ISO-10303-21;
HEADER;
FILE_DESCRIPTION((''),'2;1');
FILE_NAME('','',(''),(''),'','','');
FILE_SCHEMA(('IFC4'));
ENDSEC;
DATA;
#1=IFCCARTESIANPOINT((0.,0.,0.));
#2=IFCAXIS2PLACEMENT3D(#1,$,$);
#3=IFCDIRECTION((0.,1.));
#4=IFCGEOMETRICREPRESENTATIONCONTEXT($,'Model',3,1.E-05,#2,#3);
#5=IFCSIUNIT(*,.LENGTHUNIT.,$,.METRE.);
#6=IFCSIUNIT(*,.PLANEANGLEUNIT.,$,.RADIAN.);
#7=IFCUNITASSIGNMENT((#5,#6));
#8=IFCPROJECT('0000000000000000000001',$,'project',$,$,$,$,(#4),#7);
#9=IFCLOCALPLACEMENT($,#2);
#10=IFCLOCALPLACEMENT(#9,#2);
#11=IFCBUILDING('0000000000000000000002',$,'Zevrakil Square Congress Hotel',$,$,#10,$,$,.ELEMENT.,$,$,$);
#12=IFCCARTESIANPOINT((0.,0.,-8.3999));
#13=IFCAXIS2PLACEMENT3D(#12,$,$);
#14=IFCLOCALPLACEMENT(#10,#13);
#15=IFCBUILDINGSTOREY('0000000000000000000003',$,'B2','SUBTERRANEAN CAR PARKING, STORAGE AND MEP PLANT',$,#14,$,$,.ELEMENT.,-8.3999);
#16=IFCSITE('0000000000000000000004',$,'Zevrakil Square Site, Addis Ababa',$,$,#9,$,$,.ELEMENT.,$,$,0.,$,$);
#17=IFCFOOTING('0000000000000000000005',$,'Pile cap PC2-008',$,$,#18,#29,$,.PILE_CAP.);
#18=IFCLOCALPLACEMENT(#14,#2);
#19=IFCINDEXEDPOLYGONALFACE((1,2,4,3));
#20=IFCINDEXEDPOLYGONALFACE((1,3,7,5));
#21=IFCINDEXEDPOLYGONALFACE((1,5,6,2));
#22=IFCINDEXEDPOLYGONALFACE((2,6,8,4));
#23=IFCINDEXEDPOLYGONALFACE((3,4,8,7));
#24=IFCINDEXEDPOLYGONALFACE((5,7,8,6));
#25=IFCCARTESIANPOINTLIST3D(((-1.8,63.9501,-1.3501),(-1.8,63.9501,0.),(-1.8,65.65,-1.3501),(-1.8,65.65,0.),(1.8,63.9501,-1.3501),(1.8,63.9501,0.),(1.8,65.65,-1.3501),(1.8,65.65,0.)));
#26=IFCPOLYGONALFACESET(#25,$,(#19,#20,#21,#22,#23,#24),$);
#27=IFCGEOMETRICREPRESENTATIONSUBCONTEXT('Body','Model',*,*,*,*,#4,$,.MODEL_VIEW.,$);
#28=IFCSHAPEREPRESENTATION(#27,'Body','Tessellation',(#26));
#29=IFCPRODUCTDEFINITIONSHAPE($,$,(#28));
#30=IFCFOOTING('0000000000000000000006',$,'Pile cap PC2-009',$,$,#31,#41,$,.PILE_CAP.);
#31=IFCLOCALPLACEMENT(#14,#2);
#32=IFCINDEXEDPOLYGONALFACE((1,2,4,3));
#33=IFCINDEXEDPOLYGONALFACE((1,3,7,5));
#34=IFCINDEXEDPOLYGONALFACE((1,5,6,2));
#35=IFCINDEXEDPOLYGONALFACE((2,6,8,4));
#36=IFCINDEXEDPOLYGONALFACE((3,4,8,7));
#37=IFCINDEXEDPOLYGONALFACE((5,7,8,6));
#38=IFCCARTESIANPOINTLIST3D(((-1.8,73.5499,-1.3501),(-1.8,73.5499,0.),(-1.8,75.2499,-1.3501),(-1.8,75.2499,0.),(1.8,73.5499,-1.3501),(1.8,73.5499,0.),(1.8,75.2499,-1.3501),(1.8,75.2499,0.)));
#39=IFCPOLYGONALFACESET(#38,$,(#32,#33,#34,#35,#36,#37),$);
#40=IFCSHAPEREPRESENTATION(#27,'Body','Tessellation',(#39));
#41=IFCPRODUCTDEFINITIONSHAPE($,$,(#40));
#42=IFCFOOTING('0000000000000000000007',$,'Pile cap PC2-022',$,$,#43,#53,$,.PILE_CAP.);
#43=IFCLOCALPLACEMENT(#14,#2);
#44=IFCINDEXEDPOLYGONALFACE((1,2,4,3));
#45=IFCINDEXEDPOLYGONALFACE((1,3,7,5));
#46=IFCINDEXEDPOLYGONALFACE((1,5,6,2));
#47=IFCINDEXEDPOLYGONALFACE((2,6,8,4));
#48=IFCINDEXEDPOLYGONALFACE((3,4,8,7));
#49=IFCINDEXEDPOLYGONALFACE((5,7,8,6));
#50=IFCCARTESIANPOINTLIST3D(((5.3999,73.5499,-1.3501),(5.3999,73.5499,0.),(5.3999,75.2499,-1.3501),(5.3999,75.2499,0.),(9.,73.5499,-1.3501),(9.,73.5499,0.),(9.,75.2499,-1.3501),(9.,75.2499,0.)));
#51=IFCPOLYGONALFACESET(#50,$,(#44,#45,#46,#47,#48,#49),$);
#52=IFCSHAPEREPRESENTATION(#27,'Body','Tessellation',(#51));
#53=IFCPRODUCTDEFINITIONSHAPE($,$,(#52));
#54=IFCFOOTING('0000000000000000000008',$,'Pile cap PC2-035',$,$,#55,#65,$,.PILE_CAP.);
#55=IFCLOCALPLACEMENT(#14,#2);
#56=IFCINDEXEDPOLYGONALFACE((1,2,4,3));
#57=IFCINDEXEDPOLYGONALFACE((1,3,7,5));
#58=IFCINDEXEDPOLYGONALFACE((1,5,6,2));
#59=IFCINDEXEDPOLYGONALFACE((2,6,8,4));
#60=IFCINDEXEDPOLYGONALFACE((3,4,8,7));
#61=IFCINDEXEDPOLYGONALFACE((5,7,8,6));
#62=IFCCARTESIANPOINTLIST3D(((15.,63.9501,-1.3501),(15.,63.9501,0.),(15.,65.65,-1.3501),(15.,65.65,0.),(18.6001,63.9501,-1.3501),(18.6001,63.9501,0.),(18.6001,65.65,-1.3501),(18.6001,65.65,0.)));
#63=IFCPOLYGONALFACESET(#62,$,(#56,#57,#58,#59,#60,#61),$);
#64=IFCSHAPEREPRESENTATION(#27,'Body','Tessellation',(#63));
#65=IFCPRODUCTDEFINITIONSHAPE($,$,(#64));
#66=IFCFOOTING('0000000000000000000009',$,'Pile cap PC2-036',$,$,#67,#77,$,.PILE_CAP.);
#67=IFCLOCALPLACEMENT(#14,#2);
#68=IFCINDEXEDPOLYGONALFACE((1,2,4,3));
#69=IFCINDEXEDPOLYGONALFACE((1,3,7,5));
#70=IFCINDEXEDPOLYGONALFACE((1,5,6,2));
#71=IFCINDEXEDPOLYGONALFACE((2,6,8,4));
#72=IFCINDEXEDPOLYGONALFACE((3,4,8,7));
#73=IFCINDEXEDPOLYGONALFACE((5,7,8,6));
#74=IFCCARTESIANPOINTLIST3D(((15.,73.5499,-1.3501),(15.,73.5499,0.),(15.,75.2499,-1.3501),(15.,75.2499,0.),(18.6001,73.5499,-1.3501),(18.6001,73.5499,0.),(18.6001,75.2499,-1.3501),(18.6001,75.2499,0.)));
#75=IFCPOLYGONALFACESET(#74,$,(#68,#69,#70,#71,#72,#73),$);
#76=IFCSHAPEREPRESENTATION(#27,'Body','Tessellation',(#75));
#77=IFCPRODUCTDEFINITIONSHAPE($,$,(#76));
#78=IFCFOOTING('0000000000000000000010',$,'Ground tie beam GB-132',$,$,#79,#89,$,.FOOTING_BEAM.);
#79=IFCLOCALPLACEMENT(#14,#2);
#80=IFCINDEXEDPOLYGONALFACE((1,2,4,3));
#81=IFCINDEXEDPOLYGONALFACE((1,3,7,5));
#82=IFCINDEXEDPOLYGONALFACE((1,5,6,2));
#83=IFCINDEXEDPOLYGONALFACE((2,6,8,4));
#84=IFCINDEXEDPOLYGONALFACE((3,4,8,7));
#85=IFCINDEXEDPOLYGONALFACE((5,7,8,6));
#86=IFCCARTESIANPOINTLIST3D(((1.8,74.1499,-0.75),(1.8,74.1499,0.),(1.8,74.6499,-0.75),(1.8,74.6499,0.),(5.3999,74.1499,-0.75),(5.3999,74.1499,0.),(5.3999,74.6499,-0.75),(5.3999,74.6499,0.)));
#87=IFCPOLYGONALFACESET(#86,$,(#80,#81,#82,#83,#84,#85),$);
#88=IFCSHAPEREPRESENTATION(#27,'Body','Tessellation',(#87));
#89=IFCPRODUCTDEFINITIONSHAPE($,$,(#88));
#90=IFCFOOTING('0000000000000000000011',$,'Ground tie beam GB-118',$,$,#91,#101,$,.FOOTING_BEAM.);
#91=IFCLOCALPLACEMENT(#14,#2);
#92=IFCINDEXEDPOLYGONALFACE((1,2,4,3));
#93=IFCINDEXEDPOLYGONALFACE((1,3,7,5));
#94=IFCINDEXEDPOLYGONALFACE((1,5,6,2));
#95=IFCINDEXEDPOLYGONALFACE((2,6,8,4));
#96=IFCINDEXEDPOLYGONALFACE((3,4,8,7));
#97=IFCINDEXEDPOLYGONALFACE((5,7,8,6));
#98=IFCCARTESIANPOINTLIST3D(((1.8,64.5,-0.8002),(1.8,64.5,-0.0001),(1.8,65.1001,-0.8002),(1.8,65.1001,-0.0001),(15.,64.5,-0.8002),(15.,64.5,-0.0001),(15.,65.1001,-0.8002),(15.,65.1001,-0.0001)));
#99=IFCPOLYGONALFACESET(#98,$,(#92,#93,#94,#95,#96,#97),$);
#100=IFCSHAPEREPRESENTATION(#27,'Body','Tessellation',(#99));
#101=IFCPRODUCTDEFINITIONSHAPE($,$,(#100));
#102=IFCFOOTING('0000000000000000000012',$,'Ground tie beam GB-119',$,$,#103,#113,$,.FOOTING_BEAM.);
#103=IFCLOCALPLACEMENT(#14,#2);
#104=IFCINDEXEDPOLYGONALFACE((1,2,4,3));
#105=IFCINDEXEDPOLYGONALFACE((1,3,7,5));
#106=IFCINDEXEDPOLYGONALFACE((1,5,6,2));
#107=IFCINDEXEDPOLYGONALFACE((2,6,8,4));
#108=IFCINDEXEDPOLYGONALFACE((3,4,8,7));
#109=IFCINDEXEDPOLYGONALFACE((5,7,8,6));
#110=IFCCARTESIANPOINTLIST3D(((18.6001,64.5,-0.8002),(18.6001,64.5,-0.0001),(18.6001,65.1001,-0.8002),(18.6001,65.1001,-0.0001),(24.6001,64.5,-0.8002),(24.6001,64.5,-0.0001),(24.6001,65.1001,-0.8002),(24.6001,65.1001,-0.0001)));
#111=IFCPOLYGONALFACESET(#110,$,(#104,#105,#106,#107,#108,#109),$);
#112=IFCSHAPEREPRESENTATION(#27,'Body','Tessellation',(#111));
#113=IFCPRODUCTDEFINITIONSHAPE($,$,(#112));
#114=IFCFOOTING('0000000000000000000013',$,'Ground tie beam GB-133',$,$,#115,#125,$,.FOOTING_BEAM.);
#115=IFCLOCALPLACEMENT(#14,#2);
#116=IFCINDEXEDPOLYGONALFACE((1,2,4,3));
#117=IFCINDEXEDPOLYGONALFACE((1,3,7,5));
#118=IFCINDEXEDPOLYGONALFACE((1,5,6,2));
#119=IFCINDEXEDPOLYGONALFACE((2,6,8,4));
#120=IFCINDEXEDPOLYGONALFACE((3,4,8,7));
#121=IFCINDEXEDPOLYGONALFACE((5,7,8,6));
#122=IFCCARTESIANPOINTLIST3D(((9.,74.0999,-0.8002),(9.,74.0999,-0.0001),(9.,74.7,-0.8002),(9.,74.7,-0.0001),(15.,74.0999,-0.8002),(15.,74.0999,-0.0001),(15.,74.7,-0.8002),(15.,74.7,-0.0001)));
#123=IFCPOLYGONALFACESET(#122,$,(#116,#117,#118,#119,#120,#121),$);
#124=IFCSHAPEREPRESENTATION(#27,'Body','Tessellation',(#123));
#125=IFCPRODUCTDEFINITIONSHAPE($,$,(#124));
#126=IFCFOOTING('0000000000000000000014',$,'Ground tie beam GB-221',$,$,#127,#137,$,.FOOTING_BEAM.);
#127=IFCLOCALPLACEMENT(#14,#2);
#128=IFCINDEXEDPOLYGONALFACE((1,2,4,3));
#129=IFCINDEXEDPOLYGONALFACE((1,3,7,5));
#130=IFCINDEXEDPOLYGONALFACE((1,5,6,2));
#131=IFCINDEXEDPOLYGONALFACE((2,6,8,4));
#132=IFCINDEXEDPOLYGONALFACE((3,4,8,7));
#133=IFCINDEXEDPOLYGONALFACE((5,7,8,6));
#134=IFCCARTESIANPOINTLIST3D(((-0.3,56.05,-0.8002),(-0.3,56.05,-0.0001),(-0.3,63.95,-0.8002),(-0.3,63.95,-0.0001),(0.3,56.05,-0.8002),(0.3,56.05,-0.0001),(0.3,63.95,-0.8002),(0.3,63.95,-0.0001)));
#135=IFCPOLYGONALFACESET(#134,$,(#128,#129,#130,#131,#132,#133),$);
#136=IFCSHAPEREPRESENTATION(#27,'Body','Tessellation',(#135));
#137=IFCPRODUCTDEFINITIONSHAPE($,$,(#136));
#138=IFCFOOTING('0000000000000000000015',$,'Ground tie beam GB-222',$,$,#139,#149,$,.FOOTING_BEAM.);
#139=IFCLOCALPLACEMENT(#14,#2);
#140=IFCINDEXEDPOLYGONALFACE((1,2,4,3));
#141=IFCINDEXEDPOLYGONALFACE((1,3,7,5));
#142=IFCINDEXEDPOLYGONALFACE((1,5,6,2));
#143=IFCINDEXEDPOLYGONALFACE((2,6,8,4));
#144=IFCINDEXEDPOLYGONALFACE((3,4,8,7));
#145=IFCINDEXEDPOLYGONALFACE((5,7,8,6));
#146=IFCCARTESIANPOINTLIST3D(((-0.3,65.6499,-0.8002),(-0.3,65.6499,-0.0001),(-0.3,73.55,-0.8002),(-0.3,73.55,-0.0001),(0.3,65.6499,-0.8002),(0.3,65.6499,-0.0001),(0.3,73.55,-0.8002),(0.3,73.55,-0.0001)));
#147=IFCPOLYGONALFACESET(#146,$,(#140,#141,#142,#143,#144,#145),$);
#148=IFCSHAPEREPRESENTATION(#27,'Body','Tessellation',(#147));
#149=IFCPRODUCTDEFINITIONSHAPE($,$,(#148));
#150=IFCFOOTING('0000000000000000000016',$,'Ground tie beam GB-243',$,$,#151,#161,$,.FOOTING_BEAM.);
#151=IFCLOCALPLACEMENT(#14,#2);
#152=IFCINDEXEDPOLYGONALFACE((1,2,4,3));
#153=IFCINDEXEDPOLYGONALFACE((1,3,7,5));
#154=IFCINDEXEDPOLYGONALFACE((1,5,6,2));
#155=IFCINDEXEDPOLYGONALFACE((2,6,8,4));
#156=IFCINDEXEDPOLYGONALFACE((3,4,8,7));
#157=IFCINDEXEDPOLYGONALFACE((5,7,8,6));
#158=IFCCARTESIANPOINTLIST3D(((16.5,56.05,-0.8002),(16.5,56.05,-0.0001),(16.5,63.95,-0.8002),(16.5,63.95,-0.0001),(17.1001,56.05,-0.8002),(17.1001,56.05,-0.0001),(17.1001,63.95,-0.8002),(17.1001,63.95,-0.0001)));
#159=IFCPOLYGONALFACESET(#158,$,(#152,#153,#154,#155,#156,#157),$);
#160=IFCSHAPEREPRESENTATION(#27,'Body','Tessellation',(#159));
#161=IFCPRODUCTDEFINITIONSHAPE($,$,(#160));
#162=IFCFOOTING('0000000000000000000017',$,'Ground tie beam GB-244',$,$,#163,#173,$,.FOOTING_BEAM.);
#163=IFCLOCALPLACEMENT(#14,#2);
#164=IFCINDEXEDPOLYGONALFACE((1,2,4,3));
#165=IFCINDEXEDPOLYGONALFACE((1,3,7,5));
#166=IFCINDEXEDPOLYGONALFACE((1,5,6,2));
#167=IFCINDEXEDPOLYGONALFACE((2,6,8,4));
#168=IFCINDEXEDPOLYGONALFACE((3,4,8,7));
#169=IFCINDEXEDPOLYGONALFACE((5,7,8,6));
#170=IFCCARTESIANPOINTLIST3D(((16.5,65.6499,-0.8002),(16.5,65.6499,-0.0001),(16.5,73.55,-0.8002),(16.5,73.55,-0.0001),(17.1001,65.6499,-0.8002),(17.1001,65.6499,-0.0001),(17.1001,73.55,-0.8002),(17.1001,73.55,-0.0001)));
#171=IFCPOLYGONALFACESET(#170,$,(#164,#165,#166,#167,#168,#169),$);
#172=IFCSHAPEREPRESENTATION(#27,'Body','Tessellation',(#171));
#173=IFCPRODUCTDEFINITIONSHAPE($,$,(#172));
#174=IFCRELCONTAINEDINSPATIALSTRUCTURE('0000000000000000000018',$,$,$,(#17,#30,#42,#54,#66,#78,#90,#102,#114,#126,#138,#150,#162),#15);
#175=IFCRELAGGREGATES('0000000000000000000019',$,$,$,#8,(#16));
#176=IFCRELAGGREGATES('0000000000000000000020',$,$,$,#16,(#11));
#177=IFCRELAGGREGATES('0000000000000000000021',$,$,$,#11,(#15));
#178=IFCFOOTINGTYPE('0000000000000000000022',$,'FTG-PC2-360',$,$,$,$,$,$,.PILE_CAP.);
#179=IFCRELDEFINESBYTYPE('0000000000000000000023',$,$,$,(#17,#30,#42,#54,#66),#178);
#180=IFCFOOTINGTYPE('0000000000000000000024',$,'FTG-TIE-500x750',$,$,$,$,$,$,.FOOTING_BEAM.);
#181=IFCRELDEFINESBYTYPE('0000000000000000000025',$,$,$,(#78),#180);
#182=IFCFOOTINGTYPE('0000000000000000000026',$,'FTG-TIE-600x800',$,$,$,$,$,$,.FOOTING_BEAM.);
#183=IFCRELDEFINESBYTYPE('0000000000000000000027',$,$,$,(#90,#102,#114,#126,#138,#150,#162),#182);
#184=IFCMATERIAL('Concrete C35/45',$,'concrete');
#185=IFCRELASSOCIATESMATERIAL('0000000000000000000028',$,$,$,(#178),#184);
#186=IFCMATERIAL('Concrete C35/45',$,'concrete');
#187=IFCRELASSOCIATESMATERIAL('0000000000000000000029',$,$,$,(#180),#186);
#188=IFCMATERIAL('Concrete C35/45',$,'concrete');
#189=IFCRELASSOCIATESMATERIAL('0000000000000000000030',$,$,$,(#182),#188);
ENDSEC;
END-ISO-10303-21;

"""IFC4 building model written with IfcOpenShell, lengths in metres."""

from ifc_helpers import new_model, si_unit, direction, frame, origin, origin_2d, place, context, subcontext, project, spatial, rectangle, extrude, material, material_profile, profile_set, type_object, element, save


model = new_model("IFC4")

# Units and contexts
model_context = context("Model", 3, precision=1e-05, world=origin(), true_north=direction((0.0, 1.0)))
body_context = subcontext(model_context, "Body", "Model", "MODEL_VIEW")
ifc_project = project(units=[si_unit("LENGTHUNIT", "METRE"), si_unit("PLANEANGLEUNIT", "RADIAN")], contexts=[model_context])

# Site, building, storey
site_placement = place(None, origin())
site = spatial("IfcSite", under=ifc_project, at=site_placement, Name="Zevrakil Square Site, Addis Ababa", CompositionType="ELEMENT", RefElevation=0.0)
building_placement = place(site_placement, origin())
building = spatial("IfcBuilding", under=site, at=building_placement, Name="Zevrakil Square Congress Hotel", CompositionType="ELEMENT")
storey_placement = place(building_placement, frame((0.0, 0.0, -8.3999)))
storey = spatial("IfcBuildingStorey", under=building, at=storey_placement, Name="B2", Description="SUBTERRANEAN CAR PARKING, STORAGE AND MEP PLANT", CompositionType="ELEMENT", Elevation=-8.3999)

# Footings
ifc_material_1 = material(Name="Concrete C35/45", Category="concrete")
footing_type_1 = type_object("IfcFootingType", Name="FTG-PC2-360", PredefinedType="PILE_CAP", material=ifc_material_1)
for number, where, z_axis, x_axis, name in (
    (1, (0.0, 64.8, -1.3501), (0.0, 0.0, 1.0), (1.0, 0.0, 0.0), "Pile cap PC2-008"),
    (2, (0.0, 74.3999, -1.3501), (0.0, 0.0, 1.0), (1.0, 0.0, 0.0), "Pile cap PC2-009"),
    (3, (7.2, 74.3999, -1.3501), (0.0, 0.0, 1.0), (1.0, 0.0, 0.0), "Pile cap PC2-022"),
    (4, (16.8, 64.8, -1.3501), (0.0, 0.0, 1.0), (1.0, 0.0, 0.0), "Pile cap PC2-035"),
    (5, (16.8, 74.3999, -1.3501), (0.0, 0.0, 1.0), (1.0, 0.0, 0.0), "Pile cap PC2-036"),
):
    element("IfcFooting", number, at=place(storey_placement, frame(where, z_axis=z_axis, x_axis=x_axis)), inside=storey, type_object=footing_type_1, Name=name, PredefinedType="PILE_CAP", context=body_context, shape_type="SweptSolid", body=[
        extrude(rectangle(XDim=3.6001, YDim=1.7, at=origin_2d()), origin(), (0.0, 0.0, 1.0), 1.3501),
    ])
ifc_material_2 = material(Name="Concrete C35/45", Category="concrete")
ifc_material_profile_1 = material_profile(ifc_material_2, rectangle(XDim=0.5, YDim=0.75, at=origin_2d()), Name="RC 500x750")
ifc_profile_set_1 = profile_set([ifc_material_profile_1], Name="Concrete C35/45")
footing_type_2 = type_object("IfcFootingType", Name="FTG-TIE-500x750", PredefinedType="FOOTING_BEAM", material=ifc_profile_set_1)
footing_1_placement = place(storey_placement, frame((1.8, 74.3999, -0.375), z_axis=(1.0, 0.0, 0.0), x_axis=(0.0, 1.0, 0.0)))
element("IfcFooting", 6, at=footing_1_placement, inside=storey, type_object=footing_type_2, Name="Ground tie beam GB-132", PredefinedType="FOOTING_BEAM", context=body_context, shape_type="SweptSolid", body=[
    extrude(rectangle(XDim=0.5, YDim=0.75, at=origin_2d()), origin(), (0.0, 0.0, 1.0), 3.5999),
])
ifc_material_3 = material(Name="Concrete C35/45", Category="concrete")
ifc_material_profile_2 = material_profile(ifc_material_3, rectangle(XDim=0.6001, YDim=0.8, at=origin_2d()), Name="RC 600x800")
ifc_profile_set_2 = profile_set([ifc_material_profile_2], Name="Concrete C35/45")
footing_type_3 = type_object("IfcFootingType", Name="FTG-TIE-600x800", PredefinedType="FOOTING_BEAM", material=ifc_profile_set_2)
footing_2_placement = place(storey_placement, frame((1.8, 64.8, -0.4001), z_axis=(1.0, 0.0, 0.0), x_axis=(0.0, 1.0, 0.0)))
element("IfcFooting", 7, at=footing_2_placement, inside=storey, type_object=footing_type_3, Name="Ground tie beam GB-118", PredefinedType="FOOTING_BEAM", context=body_context, shape_type="SweptSolid", body=[
    extrude(rectangle(XDim=0.6001, YDim=0.8, at=origin_2d()), origin(), (0.0, 0.0, 1.0), 13.2),
])
for number, where, z_axis, x_axis, name in (
    (8, (18.6001, 64.8, -0.4001), (1.0, 0.0, 0.0), (0.0, 1.0, 0.0), "Ground tie beam GB-119"),
    (9, (9.0, 74.3999, -0.4001), (1.0, 0.0, 0.0), (0.0, 1.0, 0.0), "Ground tie beam GB-133"),
):
    element("IfcFooting", number, at=place(storey_placement, frame(where, z_axis=z_axis, x_axis=x_axis)), inside=storey, type_object=footing_type_3, Name=name, PredefinedType="FOOTING_BEAM", context=body_context, shape_type="SweptSolid", body=[
        extrude(rectangle(XDim=0.6001, YDim=0.8, at=origin_2d()), origin(), (0.0, 0.0, 1.0), 6.0),
    ])
footing_3_placement = place(storey_placement, frame((0.0, 56.05, -0.4001), z_axis=(0.0, 1.0, 0.0), x_axis=(-1.0, 0.0, 0.0)))
element("IfcFooting", 10, at=footing_3_placement, inside=storey, type_object=footing_type_3, Name="Ground tie beam GB-221", PredefinedType="FOOTING_BEAM", context=body_context, shape_type="SweptSolid", body=[
    extrude(rectangle(XDim=0.6001, YDim=0.8, at=origin_2d()), origin(), (0.0, 0.0, 1.0), 7.8999),
])
footing_4_placement = place(storey_placement, frame((0.0, 65.6499, -0.4001), z_axis=(0.0, 1.0, 0.0), x_axis=(-1.0, 0.0, 0.0)))
element("IfcFooting", 11, at=footing_4_placement, inside=storey, type_object=footing_type_3, Name="Ground tie beam GB-222", PredefinedType="FOOTING_BEAM", context=body_context, shape_type="SweptSolid", body=[
    extrude(rectangle(XDim=0.6001, YDim=0.8, at=origin_2d()), origin(), (0.0, 0.0, 1.0), 7.9001),
])
footing_5_placement = place(storey_placement, frame((16.8, 56.05, -0.4001), z_axis=(0.0, 1.0, 0.0), x_axis=(-1.0, 0.0, 0.0)))
element("IfcFooting", 12, at=footing_5_placement, inside=storey, type_object=footing_type_3, Name="Ground tie beam GB-243", PredefinedType="FOOTING_BEAM", context=body_context, shape_type="SweptSolid", body=[
    extrude(rectangle(XDim=0.6001, YDim=0.8, at=origin_2d()), origin(), (0.0, 0.0, 1.0), 7.8999),
])
footing_6_placement = place(storey_placement, frame((16.8, 65.6499, -0.4001), z_axis=(0.0, 1.0, 0.0), x_axis=(-1.0, 0.0, 0.0)))
element("IfcFooting", 13, at=footing_6_placement, inside=storey, type_object=footing_type_3, Name="Ground tie beam GB-244", PredefinedType="FOOTING_BEAM", context=body_context, shape_type="SweptSolid", body=[
    extrude(rectangle(XDim=0.6001, YDim=0.8, at=origin_2d()), origin(), (0.0, 0.0, 1.0), 7.9001),
])

save(model, "model.ifc")
